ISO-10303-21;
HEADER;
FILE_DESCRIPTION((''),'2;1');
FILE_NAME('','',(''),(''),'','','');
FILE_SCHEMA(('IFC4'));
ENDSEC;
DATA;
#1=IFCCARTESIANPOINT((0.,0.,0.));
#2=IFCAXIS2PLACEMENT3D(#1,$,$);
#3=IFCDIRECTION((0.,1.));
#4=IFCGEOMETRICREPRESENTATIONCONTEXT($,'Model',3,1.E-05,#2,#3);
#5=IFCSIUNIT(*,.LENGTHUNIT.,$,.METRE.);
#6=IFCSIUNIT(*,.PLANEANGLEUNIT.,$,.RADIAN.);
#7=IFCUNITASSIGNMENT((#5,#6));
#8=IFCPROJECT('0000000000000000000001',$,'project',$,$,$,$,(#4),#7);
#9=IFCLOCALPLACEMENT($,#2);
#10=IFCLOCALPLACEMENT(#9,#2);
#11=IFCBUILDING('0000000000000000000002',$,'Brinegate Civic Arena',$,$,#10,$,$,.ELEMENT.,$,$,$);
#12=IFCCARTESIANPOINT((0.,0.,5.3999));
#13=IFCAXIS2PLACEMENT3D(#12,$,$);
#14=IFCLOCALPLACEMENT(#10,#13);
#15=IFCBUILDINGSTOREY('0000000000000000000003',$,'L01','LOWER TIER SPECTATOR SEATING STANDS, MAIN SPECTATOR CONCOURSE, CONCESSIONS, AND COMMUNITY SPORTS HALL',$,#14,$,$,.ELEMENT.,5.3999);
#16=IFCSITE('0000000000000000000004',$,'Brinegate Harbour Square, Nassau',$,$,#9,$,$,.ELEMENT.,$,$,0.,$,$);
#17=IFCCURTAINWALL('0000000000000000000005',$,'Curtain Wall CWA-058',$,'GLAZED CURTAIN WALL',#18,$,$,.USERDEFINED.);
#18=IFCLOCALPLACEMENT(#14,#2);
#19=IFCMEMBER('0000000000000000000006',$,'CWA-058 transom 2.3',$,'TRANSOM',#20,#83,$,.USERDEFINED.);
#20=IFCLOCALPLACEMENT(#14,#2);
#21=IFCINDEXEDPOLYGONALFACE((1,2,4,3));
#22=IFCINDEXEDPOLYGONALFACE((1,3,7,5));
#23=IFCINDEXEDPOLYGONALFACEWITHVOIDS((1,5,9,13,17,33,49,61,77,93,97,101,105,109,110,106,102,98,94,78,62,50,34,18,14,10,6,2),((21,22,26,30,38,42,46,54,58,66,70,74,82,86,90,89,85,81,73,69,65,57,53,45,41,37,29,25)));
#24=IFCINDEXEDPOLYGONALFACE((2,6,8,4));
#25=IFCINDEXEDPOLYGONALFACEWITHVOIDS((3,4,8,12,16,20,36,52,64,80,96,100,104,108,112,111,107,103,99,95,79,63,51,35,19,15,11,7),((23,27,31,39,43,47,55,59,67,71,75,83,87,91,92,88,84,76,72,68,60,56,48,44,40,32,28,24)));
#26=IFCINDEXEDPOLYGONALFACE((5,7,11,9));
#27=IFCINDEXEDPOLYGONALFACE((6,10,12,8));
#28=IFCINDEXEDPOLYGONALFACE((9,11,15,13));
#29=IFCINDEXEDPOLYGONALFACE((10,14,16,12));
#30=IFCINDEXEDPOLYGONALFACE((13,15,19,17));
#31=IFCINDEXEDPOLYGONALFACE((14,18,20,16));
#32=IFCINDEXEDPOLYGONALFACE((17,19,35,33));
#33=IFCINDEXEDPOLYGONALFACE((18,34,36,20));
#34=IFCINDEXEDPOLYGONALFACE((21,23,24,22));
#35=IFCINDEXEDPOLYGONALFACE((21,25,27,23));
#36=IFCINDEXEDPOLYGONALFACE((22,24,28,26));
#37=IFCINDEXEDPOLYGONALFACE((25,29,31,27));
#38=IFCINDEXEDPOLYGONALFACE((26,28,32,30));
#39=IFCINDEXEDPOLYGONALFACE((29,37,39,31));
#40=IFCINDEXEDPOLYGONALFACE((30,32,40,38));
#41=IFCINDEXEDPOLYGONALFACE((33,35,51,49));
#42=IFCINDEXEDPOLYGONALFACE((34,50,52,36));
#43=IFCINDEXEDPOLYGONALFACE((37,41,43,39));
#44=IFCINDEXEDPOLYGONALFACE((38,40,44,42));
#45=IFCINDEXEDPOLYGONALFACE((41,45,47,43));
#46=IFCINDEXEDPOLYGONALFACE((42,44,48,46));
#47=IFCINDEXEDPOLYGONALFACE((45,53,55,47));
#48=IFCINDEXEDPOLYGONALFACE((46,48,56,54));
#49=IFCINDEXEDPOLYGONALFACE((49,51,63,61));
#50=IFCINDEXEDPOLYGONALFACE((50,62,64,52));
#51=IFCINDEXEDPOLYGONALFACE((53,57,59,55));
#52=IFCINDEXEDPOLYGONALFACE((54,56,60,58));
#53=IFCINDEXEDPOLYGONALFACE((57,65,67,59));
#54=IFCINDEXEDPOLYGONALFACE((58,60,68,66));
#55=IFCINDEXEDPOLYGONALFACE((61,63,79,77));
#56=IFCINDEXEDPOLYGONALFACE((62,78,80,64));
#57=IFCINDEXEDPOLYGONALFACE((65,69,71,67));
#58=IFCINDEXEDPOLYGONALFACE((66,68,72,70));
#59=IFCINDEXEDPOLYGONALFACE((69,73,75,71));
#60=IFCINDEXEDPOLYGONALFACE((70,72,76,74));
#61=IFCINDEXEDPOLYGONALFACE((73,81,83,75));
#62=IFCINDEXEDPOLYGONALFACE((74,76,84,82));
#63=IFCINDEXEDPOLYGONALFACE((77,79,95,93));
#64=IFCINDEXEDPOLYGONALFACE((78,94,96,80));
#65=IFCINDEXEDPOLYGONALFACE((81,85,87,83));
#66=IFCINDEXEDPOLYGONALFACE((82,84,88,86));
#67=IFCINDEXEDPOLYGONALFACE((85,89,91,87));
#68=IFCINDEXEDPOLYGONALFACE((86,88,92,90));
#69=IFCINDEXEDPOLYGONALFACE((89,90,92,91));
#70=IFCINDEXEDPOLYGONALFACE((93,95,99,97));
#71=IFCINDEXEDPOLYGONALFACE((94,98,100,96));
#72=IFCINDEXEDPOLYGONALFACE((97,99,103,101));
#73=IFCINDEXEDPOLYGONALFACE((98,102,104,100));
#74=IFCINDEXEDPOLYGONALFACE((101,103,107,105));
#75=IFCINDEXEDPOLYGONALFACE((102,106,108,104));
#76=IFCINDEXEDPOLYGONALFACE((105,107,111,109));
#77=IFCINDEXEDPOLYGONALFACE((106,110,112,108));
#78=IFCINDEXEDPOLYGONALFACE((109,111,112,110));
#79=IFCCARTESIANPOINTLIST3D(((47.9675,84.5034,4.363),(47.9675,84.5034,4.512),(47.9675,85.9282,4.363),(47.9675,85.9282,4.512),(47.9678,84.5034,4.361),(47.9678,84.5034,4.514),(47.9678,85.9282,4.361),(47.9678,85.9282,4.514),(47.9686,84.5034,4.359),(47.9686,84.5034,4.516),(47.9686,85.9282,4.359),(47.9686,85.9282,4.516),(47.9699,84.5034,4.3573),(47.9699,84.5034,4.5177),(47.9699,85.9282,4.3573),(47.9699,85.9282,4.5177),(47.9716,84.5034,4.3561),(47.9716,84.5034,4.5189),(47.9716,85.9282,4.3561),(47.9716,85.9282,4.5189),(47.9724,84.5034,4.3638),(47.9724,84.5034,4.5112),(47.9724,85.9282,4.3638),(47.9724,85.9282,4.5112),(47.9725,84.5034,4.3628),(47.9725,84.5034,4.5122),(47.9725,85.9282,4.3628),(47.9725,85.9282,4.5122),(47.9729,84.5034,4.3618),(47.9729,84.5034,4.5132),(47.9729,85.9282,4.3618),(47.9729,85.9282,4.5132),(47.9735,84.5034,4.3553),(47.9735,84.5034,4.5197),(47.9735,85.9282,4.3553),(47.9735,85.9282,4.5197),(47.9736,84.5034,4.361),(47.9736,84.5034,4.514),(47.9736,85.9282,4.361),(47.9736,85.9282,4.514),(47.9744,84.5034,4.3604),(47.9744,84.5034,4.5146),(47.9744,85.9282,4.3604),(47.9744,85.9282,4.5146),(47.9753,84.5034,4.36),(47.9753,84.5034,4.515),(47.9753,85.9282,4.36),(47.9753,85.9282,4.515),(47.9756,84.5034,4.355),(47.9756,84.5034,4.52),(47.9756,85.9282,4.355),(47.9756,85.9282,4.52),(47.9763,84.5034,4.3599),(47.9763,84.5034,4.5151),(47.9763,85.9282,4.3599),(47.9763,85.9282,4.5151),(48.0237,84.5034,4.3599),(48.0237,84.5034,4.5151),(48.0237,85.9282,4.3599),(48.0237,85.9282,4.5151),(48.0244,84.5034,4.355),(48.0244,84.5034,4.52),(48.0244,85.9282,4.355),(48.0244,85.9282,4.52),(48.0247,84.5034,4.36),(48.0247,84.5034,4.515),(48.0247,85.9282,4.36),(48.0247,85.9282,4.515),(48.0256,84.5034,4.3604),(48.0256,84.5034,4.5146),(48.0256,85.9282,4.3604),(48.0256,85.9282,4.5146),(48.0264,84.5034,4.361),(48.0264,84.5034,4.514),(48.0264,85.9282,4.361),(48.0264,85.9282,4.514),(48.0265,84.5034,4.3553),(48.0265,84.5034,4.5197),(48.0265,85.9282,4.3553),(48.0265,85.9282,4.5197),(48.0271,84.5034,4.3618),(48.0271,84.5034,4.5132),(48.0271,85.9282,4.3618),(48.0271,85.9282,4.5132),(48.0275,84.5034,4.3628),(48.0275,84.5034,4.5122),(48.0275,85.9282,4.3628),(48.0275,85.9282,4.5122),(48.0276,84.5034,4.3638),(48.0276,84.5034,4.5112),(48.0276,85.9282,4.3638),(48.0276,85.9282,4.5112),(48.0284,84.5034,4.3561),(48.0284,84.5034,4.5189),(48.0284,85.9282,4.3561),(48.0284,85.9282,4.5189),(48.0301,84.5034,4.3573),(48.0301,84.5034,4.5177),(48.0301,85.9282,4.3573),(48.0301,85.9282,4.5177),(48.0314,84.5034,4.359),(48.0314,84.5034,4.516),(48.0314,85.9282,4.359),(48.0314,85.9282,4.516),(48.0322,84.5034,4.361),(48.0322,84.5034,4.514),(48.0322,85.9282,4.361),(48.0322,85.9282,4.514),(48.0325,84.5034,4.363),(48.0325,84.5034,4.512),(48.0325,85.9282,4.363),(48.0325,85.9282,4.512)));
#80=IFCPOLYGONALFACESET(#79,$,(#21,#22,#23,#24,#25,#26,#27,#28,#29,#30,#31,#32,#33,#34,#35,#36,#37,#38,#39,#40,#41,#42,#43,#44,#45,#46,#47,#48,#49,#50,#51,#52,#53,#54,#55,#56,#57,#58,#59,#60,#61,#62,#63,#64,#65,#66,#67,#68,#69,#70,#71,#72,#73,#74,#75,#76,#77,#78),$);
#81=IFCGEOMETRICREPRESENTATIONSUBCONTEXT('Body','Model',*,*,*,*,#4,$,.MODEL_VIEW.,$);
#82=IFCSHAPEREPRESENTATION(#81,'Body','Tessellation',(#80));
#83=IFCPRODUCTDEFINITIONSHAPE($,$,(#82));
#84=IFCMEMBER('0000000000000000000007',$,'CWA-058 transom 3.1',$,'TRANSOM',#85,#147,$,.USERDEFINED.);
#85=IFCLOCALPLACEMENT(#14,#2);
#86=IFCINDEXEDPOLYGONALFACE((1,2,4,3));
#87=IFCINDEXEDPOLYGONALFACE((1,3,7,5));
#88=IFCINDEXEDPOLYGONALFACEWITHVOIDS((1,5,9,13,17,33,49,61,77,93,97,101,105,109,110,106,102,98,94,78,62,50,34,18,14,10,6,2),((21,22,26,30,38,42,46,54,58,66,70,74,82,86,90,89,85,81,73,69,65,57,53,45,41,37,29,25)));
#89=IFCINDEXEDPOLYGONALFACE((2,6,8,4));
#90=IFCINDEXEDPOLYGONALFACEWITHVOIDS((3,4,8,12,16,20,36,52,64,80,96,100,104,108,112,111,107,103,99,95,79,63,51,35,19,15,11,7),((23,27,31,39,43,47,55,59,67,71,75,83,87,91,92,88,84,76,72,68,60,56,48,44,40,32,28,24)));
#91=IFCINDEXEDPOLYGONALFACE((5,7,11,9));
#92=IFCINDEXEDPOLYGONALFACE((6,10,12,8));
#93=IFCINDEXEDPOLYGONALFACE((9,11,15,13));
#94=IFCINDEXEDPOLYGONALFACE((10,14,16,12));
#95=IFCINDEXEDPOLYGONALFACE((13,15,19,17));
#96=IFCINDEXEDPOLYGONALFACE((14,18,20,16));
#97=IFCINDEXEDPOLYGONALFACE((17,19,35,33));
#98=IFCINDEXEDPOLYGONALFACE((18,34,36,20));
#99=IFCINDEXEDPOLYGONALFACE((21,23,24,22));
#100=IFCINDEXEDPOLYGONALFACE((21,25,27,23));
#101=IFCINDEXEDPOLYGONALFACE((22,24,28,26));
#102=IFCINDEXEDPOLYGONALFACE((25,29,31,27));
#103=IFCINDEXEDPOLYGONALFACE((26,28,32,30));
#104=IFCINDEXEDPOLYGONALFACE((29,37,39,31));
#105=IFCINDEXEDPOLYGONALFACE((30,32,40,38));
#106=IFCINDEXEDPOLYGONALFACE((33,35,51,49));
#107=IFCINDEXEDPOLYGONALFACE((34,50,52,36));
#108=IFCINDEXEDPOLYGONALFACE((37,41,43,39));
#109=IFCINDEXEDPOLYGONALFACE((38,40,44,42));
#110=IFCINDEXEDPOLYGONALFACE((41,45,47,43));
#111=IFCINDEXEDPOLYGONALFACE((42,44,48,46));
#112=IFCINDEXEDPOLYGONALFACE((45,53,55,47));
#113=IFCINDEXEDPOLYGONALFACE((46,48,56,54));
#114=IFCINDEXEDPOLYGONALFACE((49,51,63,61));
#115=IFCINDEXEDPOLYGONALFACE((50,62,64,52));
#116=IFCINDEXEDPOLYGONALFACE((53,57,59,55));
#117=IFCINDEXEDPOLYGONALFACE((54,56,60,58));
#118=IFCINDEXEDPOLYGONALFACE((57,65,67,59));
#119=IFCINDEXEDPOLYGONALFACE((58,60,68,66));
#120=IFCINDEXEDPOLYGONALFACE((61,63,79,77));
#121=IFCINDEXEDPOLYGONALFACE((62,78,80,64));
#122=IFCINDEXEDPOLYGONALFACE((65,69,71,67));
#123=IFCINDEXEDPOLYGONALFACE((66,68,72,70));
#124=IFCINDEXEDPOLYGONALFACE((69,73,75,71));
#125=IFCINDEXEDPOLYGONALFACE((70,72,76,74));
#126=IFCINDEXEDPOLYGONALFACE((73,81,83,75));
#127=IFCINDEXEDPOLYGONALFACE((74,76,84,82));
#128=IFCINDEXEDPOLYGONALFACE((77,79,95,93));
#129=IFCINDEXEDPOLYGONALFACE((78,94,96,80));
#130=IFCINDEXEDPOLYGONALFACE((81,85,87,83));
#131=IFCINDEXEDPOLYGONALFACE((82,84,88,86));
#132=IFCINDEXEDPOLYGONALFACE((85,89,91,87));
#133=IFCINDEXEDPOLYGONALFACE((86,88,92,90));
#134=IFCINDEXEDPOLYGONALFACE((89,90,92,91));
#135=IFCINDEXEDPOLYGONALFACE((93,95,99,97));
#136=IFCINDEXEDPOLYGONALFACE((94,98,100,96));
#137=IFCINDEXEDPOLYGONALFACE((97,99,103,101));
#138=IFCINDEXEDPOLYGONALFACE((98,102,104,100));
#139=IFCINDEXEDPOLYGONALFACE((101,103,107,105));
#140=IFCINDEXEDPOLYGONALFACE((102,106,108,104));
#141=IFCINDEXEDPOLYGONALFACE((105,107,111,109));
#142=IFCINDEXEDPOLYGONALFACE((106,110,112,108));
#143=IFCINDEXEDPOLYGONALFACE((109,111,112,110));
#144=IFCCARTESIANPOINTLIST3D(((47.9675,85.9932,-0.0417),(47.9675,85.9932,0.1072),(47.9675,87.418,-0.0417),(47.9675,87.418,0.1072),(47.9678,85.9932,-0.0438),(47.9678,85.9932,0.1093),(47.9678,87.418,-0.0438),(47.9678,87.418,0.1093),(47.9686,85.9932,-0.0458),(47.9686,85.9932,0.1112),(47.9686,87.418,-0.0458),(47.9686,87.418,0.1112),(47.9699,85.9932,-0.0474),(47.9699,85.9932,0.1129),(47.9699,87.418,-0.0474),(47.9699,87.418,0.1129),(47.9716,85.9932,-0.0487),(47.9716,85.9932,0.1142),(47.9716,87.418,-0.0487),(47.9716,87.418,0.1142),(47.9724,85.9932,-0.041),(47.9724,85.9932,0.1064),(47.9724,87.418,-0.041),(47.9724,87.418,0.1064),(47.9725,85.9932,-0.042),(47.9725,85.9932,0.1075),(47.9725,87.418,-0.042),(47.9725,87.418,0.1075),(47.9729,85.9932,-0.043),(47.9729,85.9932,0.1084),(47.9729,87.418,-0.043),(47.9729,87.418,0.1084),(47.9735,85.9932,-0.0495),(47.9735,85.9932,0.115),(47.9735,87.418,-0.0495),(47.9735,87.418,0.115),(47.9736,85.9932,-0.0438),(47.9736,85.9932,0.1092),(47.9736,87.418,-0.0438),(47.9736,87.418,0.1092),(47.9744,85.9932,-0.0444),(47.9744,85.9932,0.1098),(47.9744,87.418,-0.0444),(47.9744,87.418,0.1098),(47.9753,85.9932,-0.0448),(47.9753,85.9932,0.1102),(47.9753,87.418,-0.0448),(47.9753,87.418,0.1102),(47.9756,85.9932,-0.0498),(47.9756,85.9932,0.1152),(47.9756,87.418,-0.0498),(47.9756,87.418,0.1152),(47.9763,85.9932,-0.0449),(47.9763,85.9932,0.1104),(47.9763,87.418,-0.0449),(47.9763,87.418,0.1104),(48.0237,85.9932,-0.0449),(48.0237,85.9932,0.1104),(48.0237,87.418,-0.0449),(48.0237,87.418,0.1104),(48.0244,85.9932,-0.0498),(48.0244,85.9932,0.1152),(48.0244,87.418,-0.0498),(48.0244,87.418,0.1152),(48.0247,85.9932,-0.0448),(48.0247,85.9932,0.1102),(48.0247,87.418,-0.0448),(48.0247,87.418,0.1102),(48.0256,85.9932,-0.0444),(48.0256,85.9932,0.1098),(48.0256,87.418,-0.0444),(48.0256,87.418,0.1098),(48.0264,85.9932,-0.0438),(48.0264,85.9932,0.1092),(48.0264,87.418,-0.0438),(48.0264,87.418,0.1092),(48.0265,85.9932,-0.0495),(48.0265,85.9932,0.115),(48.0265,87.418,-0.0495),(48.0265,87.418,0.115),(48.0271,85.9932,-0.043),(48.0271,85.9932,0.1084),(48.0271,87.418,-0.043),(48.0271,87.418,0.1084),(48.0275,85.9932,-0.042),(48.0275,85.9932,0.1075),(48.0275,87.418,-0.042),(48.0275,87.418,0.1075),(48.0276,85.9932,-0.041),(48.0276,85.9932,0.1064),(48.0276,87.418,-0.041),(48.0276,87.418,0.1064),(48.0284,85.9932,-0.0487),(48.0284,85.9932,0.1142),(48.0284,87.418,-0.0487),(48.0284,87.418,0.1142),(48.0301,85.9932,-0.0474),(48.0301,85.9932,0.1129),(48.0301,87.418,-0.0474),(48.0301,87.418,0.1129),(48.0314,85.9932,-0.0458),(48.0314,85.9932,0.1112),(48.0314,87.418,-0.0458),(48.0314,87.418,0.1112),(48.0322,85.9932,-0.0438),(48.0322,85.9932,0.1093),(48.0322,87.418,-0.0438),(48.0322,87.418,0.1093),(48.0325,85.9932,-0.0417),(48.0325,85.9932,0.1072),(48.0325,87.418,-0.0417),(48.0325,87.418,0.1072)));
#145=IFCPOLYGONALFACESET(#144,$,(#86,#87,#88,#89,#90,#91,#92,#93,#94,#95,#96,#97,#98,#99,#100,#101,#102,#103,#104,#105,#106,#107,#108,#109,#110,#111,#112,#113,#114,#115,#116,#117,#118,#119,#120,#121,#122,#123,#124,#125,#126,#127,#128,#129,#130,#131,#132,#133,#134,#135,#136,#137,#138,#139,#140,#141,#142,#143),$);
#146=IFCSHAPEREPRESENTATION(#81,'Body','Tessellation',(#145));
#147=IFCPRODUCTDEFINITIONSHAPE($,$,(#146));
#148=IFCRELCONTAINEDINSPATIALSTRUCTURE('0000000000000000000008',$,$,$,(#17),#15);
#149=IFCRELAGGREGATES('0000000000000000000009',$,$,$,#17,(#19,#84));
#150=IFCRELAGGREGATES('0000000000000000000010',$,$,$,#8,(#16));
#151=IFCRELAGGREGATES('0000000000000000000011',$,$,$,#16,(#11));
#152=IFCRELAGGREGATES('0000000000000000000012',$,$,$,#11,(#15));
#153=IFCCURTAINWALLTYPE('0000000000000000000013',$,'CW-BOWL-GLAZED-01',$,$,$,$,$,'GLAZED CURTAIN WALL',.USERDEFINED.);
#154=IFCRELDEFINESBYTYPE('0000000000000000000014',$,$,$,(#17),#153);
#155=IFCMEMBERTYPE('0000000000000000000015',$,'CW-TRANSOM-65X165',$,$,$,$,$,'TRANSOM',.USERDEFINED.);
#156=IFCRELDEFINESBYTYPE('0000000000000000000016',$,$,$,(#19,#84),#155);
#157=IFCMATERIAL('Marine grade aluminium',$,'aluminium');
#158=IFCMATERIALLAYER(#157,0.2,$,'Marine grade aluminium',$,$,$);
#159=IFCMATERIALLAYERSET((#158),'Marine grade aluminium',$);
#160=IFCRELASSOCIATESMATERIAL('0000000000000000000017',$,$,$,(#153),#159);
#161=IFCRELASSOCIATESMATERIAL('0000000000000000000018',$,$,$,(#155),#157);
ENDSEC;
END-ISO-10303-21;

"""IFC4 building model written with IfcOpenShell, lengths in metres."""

from ifc_helpers import new_model, si_unit, direction, frame, origin, origin_2d, place, context, subcontext, project, spatial, hollow_rectangle, extrude, material, layer, layer_set, material_profile, profile_set, type_object, element, aggregate, save


model = new_model("IFC4")

# Units and contexts
model_context = context("Model", 3, precision=1e-05, world=origin(), true_north=direction((0.0, 1.0)))
body_context = subcontext(model_context, "Body", "Model", "MODEL_VIEW")
ifc_project = project(units=[si_unit("LENGTHUNIT", "METRE"), si_unit("PLANEANGLEUNIT", "RADIAN")], contexts=[model_context])

# Site, building, storey
site_placement = place(None, origin())
site = spatial("IfcSite", under=ifc_project, at=site_placement, Name="Brinegate Harbour Square, Nassau", CompositionType="ELEMENT", RefElevation=0.0)
building_placement = place(site_placement, origin())
building = spatial("IfcBuilding", under=site, at=building_placement, Name="Brinegate Civic Arena", CompositionType="ELEMENT")
storey_placement = place(building_placement, frame((0.0, 0.0, 5.3999)))
storey = spatial("IfcBuildingStorey", under=building, at=storey_placement, Name="L01", Description="LOWER TIER SPECTATOR SEATING STANDS, MAIN SPECTATOR CONCOURSE, CONCESSIONS, AND COMMUNITY SPORTS HALL", CompositionType="ELEMENT", Elevation=5.3999)

# Curtain wall, members
ifc_material_1 = material(Name="Marine grade aluminium", Category="aluminium")
ifc_layer_1 = layer(ifc_material_1, 0.2, Name="Marine grade aluminium")
ifc_layer_set_1 = layer_set([ifc_layer_1], Name="Marine grade aluminium")
curtain_wall_type = type_object("IfcCurtainWallType", Name="CW-BOWL-GLAZED-01", ElementType="GLAZED CURTAIN WALL", PredefinedType="USERDEFINED", material=ifc_layer_set_1)
curtain_wall_placement = place(storey_placement, origin())
curtain_wall = element("IfcCurtainWall", 1, at=curtain_wall_placement, inside=storey, type_object=curtain_wall_type, Name="Curtain Wall CWA-058", ObjectType="GLAZED CURTAIN WALL", PredefinedType="USERDEFINED")
ifc_material_profile_1 = material_profile(ifc_material_1, hollow_rectangle(XDim=0.0649, YDim=0.165, WallThickness=0.0049, InnerFilletRadius=0.0039, OuterFilletRadius=0.0081, at=origin_2d()), Name="TRN65X165")
ifc_profile_set_1 = profile_set([ifc_material_profile_1], Name="Marine grade aluminium")
member_type_1 = type_object("IfcMemberType", Name="CW-TRANSOM-65X165", ElementType="TRANSOM", PredefinedType="USERDEFINED", material=ifc_profile_set_1)
member_1_placement = place(storey_placement, frame((48.0, 84.5034, 4.4375), z_axis=(0.0, 1.0, 0.0), x_axis=(-1.0, 0.0, 0.0)))
member_1 = element("IfcMember", 2, at=member_1_placement, type_object=member_type_1, Name="CWA-058 transom 2.3", ObjectType="TRANSOM", PredefinedType="USERDEFINED", context=body_context, shape_type="SweptSolid", body=[
    extrude(hollow_rectangle(XDim=0.0649, YDim=0.165, WallThickness=0.0049, InnerFilletRadius=0.0039, OuterFilletRadius=0.0081, at=origin_2d()), origin(), (0.0, 0.0, 1.0), 1.4248),
])
member_2_placement = place(storey_placement, frame((48.0, 85.9932, 0.0327), z_axis=(0.0, 1.0, 0.0), x_axis=(-1.0, 0.0, 0.0)))
member_2 = element("IfcMember", 3, at=member_2_placement, type_object=member_type_1, Name="CWA-058 transom 3.1", ObjectType="TRANSOM", PredefinedType="USERDEFINED", context=body_context, shape_type="SweptSolid", body=[
    extrude(hollow_rectangle(XDim=0.0649, YDim=0.165, WallThickness=0.0049, InnerFilletRadius=0.0039, OuterFilletRadius=0.0081, at=origin_2d()), origin(), (0.0, 0.0, 1.0), 1.4248),
])
aggregate(curtain_wall, [member_1, member_2])

save(model, "model.ifc")
